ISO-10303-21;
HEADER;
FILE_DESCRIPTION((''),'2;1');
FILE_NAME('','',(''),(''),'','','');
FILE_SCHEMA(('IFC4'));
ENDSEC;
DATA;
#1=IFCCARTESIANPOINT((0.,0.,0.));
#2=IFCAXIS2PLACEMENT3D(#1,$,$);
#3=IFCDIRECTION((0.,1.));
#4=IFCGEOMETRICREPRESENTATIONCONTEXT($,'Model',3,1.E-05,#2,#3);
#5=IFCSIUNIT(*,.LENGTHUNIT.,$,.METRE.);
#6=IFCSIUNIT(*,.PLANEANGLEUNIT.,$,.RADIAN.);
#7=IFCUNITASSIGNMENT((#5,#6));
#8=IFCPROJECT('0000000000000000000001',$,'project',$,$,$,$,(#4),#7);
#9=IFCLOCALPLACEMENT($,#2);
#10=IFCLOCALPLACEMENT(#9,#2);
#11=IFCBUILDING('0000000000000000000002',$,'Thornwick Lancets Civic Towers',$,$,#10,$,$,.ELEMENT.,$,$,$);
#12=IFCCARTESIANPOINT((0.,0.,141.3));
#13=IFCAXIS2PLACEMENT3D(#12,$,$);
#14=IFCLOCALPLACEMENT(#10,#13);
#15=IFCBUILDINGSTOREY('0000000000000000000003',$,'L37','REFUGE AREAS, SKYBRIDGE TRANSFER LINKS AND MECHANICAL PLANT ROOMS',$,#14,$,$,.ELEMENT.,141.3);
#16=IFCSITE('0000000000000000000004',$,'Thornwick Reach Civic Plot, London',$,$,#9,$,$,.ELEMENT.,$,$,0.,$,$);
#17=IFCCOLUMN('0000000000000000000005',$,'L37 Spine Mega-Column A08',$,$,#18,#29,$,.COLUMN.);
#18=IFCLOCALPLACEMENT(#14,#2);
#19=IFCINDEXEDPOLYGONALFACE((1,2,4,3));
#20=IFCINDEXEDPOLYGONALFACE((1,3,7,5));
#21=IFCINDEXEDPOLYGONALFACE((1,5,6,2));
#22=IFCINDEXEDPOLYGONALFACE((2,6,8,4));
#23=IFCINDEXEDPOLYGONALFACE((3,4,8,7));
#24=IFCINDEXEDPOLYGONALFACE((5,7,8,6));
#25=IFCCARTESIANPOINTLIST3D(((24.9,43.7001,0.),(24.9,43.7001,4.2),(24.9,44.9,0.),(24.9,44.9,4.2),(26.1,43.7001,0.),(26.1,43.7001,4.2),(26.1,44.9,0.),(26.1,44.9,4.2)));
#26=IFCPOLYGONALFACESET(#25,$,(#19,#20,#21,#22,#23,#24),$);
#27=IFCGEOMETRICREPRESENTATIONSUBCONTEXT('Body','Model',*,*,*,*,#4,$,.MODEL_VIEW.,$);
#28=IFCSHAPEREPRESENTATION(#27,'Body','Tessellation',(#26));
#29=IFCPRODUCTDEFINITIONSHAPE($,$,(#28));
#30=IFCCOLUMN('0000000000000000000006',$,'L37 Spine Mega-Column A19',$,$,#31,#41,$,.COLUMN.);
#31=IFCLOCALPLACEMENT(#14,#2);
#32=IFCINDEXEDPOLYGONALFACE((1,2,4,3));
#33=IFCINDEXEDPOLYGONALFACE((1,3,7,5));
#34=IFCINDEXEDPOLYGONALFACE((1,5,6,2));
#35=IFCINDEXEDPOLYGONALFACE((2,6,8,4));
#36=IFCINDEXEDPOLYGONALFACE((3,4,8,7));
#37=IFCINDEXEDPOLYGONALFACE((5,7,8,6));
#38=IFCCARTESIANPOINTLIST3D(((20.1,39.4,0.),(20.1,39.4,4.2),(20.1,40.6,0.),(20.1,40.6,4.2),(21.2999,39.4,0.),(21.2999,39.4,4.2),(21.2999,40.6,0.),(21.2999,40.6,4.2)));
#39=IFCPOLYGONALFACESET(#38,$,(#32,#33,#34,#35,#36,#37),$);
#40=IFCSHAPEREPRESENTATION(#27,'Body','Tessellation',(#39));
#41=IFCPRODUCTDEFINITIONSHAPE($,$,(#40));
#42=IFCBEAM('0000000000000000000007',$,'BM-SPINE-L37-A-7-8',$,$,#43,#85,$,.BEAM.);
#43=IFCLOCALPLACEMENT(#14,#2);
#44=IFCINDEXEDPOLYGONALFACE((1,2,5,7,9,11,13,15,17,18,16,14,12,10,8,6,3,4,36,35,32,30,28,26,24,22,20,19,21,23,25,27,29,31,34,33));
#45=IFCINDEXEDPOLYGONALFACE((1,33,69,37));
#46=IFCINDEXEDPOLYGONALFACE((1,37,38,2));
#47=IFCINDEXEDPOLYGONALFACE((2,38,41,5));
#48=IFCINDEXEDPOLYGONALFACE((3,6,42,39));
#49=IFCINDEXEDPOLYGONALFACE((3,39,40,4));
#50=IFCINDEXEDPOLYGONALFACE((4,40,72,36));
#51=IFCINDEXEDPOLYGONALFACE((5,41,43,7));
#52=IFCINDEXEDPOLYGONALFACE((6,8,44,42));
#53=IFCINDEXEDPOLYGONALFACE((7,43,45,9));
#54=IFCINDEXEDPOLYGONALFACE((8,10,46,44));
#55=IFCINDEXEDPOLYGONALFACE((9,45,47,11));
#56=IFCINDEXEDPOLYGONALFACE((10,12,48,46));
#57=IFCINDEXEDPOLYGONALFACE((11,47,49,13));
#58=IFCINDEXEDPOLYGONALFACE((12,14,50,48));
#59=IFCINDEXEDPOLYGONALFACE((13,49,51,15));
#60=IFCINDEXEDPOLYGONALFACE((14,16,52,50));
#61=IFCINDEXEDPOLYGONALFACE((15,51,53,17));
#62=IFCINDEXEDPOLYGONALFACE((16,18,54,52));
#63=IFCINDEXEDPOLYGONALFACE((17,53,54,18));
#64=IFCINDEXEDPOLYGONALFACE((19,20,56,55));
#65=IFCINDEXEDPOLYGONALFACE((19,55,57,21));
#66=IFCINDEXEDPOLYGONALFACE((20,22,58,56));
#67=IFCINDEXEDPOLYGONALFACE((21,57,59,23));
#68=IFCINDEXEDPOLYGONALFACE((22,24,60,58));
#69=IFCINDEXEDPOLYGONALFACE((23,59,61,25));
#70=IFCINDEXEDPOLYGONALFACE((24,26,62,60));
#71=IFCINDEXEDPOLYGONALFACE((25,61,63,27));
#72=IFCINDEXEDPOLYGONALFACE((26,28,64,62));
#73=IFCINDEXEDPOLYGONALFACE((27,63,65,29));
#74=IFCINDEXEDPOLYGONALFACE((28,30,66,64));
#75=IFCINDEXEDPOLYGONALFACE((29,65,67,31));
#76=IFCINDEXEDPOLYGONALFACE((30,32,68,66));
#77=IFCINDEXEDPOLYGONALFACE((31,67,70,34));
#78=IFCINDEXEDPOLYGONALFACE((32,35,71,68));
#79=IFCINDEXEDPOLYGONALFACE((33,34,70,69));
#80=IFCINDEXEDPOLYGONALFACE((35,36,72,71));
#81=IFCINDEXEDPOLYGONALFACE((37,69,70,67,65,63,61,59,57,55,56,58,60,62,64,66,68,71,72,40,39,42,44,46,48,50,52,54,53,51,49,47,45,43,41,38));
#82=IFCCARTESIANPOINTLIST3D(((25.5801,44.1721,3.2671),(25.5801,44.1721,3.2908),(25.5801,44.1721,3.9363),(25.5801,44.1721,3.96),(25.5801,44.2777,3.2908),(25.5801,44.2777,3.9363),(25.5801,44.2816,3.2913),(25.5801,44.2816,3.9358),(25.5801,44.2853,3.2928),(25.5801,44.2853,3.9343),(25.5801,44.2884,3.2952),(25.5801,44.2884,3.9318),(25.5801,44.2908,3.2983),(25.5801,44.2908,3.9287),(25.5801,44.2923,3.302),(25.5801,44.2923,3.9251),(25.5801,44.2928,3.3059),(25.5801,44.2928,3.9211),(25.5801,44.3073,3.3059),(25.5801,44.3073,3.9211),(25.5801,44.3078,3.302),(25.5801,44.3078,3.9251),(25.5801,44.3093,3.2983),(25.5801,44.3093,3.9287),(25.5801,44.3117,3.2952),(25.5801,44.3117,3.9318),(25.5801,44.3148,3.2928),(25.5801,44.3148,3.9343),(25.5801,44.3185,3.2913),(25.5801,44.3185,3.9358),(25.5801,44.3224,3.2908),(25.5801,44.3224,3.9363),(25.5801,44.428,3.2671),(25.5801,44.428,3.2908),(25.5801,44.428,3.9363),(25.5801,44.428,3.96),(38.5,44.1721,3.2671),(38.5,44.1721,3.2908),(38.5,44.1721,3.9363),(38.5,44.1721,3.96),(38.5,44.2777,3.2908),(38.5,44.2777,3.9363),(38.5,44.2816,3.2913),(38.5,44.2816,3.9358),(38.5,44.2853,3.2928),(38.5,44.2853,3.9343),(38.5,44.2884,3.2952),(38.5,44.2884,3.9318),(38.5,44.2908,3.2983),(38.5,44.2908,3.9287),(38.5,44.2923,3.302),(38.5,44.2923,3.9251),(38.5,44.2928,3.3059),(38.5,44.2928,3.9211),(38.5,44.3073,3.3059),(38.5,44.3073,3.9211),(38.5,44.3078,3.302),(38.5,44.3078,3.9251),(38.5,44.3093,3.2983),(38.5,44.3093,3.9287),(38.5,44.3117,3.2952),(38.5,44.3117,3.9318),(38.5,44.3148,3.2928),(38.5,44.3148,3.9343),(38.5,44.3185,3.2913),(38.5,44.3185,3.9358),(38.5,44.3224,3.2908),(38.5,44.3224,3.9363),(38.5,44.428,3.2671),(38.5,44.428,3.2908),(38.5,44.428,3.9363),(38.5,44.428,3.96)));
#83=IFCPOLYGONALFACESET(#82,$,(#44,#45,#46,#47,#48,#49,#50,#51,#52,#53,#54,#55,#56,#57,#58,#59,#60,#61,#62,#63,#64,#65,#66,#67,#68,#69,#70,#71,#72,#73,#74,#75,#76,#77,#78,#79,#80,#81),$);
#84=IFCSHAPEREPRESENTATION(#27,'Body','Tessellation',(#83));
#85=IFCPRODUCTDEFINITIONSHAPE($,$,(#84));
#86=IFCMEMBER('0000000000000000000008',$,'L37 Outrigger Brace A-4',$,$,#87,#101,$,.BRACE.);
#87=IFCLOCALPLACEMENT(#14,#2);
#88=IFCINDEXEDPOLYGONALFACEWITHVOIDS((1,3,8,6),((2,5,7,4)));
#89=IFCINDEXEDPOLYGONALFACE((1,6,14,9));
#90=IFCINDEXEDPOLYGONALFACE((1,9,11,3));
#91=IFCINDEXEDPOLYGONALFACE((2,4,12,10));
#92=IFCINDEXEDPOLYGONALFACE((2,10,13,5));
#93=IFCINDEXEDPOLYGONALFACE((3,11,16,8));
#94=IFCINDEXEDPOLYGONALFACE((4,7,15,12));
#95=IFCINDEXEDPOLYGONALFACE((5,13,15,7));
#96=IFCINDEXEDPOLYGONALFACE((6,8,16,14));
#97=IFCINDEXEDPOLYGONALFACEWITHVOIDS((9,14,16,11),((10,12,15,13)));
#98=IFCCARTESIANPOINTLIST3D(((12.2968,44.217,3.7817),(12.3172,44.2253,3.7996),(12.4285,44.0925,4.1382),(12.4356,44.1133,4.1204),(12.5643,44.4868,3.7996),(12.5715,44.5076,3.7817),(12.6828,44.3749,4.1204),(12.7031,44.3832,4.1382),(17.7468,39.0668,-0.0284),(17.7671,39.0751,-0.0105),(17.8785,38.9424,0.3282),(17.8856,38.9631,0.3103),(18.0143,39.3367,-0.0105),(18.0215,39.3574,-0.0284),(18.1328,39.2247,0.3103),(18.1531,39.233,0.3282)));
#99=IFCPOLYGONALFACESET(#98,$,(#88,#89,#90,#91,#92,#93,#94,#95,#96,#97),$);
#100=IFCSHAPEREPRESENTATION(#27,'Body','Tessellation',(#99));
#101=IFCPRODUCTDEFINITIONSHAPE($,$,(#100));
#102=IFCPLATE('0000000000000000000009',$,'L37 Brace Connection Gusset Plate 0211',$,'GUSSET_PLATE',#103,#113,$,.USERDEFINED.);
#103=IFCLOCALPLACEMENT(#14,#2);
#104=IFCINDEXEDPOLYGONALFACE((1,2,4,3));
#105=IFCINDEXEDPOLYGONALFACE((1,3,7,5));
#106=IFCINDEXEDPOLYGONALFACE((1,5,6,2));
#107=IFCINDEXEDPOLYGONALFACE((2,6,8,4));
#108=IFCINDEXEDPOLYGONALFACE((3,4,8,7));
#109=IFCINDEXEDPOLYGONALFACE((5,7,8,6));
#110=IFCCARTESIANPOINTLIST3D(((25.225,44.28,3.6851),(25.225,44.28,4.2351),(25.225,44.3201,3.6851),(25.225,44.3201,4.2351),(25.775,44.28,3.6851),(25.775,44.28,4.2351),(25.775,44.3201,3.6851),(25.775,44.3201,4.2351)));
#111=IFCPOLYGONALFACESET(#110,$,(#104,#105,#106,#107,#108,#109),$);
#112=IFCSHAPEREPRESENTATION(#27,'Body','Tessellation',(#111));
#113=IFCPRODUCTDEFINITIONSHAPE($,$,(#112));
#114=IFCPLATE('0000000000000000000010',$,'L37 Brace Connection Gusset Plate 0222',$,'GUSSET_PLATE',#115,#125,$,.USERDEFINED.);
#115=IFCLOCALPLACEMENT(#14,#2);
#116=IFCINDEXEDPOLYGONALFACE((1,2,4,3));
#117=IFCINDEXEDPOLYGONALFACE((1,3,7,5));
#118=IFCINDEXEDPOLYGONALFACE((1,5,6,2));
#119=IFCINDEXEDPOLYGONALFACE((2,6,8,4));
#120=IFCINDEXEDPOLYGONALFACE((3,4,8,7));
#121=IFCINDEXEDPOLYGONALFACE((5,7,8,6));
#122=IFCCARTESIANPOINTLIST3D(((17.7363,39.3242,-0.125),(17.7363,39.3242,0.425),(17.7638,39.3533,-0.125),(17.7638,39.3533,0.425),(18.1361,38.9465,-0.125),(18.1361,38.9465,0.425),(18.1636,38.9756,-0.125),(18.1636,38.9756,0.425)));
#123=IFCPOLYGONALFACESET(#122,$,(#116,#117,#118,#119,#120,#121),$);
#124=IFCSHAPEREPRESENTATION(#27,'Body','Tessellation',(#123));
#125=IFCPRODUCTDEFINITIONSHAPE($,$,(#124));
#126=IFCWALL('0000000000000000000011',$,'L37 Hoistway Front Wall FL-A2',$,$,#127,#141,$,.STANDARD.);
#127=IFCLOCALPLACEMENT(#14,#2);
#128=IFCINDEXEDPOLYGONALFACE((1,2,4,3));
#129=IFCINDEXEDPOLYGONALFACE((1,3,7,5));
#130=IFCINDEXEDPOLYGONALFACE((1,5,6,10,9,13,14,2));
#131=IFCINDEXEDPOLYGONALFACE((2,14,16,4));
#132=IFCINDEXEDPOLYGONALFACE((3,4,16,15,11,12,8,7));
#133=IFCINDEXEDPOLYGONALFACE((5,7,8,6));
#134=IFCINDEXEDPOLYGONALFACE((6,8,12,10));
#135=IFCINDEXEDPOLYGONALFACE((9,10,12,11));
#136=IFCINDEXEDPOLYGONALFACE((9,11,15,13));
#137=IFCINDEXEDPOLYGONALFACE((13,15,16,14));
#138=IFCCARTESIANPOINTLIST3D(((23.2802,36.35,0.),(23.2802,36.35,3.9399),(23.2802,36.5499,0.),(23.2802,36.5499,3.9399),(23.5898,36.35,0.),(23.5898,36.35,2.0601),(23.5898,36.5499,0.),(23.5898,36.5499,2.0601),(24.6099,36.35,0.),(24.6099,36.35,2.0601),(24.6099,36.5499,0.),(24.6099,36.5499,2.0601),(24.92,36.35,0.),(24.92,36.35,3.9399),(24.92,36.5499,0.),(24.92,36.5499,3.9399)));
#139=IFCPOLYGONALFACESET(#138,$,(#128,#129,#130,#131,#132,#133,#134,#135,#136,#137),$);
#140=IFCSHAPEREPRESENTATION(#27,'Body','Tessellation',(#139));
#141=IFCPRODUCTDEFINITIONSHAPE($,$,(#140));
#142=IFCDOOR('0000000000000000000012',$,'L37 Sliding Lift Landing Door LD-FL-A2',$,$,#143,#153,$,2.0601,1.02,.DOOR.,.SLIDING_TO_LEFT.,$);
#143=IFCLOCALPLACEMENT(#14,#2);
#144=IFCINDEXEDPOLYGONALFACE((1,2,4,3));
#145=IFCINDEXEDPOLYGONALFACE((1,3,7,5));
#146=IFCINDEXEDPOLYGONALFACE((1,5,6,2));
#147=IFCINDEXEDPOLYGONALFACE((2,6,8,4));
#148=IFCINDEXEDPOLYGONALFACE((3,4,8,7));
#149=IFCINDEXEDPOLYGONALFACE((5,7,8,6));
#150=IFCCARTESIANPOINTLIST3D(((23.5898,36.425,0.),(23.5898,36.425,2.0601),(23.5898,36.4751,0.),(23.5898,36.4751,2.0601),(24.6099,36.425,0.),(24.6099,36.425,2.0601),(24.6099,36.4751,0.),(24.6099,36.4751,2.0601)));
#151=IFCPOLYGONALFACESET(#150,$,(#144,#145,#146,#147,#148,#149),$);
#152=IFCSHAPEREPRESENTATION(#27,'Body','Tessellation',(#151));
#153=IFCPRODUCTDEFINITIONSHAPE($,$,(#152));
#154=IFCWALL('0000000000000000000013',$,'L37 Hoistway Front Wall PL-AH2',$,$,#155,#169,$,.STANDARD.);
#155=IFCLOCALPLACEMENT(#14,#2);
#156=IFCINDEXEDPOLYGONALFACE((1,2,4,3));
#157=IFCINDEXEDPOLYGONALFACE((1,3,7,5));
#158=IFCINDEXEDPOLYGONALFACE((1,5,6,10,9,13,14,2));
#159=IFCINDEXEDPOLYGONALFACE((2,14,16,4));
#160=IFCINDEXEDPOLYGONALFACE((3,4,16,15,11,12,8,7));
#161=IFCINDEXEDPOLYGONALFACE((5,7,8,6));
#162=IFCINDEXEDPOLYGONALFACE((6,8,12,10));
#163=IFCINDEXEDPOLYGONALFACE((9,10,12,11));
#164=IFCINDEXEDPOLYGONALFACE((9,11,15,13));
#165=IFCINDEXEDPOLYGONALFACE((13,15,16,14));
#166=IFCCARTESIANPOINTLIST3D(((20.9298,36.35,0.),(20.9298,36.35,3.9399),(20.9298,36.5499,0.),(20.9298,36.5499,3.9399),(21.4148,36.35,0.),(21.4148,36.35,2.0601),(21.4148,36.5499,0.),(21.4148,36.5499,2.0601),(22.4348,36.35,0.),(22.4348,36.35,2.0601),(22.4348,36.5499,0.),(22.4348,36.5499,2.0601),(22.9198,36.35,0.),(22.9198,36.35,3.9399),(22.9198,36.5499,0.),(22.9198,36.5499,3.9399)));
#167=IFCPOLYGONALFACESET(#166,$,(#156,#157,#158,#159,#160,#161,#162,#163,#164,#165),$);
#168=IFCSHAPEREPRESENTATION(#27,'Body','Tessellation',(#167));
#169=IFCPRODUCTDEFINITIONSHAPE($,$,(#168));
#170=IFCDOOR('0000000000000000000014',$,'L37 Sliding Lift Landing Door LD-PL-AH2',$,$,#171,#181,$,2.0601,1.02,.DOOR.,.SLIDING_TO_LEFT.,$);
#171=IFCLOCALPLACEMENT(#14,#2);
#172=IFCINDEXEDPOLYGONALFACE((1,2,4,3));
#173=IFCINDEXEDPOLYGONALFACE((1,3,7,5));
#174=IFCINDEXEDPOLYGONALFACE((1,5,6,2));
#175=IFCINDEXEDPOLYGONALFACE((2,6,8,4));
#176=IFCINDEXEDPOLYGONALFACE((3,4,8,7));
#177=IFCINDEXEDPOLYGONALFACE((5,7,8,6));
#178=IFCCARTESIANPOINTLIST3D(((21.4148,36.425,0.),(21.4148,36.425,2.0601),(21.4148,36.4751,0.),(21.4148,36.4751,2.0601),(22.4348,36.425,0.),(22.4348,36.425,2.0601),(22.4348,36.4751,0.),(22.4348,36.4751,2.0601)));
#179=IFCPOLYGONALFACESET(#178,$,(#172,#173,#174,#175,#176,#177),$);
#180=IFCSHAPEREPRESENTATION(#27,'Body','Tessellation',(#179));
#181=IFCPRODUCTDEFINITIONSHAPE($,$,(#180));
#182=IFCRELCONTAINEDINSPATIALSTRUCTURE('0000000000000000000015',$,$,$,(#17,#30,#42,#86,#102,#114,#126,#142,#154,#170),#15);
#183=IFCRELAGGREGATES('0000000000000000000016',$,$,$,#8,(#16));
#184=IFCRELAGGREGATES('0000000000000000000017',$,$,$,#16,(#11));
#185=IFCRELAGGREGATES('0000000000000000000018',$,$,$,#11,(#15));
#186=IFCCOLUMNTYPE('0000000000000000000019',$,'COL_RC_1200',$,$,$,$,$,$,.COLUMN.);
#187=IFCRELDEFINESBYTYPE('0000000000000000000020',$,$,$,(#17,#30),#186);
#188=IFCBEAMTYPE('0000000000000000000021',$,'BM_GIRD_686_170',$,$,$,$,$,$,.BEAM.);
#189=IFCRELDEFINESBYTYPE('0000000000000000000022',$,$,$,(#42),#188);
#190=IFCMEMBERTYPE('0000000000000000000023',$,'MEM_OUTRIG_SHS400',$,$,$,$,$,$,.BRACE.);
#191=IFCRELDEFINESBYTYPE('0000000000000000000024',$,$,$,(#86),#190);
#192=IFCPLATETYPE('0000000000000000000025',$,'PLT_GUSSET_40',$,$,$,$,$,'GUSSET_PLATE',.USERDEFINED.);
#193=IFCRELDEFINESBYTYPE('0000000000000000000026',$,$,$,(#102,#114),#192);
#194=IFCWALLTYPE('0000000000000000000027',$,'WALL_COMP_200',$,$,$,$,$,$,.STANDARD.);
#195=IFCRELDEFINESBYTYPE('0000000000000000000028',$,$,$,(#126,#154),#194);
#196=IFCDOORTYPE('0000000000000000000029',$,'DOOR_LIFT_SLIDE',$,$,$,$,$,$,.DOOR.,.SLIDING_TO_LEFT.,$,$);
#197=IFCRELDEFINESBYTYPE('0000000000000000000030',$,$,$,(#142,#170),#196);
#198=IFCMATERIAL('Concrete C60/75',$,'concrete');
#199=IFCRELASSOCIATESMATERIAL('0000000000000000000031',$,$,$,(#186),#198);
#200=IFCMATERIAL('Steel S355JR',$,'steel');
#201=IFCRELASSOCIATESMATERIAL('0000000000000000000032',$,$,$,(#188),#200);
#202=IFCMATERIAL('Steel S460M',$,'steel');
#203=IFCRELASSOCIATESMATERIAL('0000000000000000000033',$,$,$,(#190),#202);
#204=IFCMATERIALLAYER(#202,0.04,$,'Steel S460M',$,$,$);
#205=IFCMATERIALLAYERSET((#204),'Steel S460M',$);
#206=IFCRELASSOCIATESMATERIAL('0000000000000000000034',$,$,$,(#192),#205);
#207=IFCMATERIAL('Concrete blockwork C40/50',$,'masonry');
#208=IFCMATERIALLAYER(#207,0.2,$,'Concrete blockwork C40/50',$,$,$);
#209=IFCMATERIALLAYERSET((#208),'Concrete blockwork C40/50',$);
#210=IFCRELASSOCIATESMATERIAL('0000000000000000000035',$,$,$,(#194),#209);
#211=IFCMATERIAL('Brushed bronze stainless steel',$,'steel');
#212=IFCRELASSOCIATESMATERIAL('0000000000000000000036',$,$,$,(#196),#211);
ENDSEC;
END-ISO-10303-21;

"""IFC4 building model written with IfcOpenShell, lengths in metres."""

from ifc_helpers import new_model, si_unit, direction, frame, frame_2d, origin, origin_2d, place, context, subcontext, project, spatial, rectangle, hollow_rectangle, i_section, extrude, material, layer, layer_set, material_profile, profile_set, type_object, element, fill, save


model = new_model("IFC4")

# Units and contexts
model_context = context("Model", 3, precision=1e-05, world=origin(), true_north=direction((0.0, 1.0)))
body_context = subcontext(model_context, "Body", "Model", "MODEL_VIEW")
ifc_project = project(units=[si_unit("LENGTHUNIT", "METRE"), si_unit("PLANEANGLEUNIT", "RADIAN")], contexts=[model_context])

# Site, building, storey
site_placement = place(None, origin())
site = spatial("IfcSite", under=ifc_project, at=site_placement, Name="Thornwick Reach Civic Plot, London", CompositionType="ELEMENT", RefElevation=0.0)
building_placement = place(site_placement, origin())
building = spatial("IfcBuilding", under=site, at=building_placement, Name="Thornwick Lancets Civic Towers", CompositionType="ELEMENT")
storey_placement = place(building_placement, frame((0.0, 0.0, 141.3)))
storey = spatial("IfcBuildingStorey", under=building, at=storey_placement, Name="L37", Description="REFUGE AREAS, SKYBRIDGE TRANSFER LINKS AND MECHANICAL PLANT ROOMS", CompositionType="ELEMENT", Elevation=141.3)

# Columns
ifc_material_1 = material(Name="Concrete C60/75", Category="concrete")
ifc_material_profile_1 = material_profile(ifc_material_1, rectangle(XDim=1.2, YDim=1.2, at=origin_2d()), Name="RC 1200x1200")
ifc_profile_set_1 = profile_set([ifc_material_profile_1], Name="Concrete C60/75")
column_type = type_object("IfcColumnType", Name="COL_RC_1200", PredefinedType="COLUMN", material=ifc_profile_set_1)
for number, where, z_axis, x_axis, name in (
    (1, (25.5, 44.3, 0.0), (0.0, 0.0, 1.0), (1.0, 0.0, 0.0), "L37 Spine Mega-Column A08"),
    (2, (20.7, 40.0, 0.0), (0.0, 0.0, 1.0), (1.0, 0.0, 0.0), "L37 Spine Mega-Column A19"),
):
    element("IfcColumn", number, at=place(storey_placement, frame(where, z_axis=z_axis, x_axis=x_axis)), inside=storey, type_object=column_type, Name=name, PredefinedType="COLUMN", context=body_context, shape_type="SweptSolid", body=[
        extrude(rectangle(XDim=1.2, YDim=1.2, at=origin_2d()), origin(), (0.0, 0.0, 1.0), 4.2),
    ])

# Beam
ifc_material_2 = material(Name="Steel S355JR", Category="steel")
ifc_material_profile_2 = material_profile(ifc_material_2, i_section(OverallWidth=0.2559, OverallDepth=0.6929, WebThickness=0.0144, FlangeThickness=0.0237, FilletRadius=0.0151, at=origin_2d()), Name="UKB 686x254x170")
ifc_profile_set_2 = profile_set([ifc_material_profile_2], Name="Steel S355JR")
beam_type = type_object("IfcBeamType", Name="BM_GIRD_686_170", PredefinedType="BEAM", material=ifc_profile_set_2)
beam_placement = place(storey_placement, frame((25.5801, 44.3, 3.6135), z_axis=(1.0, 0.0, 0.0), x_axis=(0.0, 1.0, 0.0)))
element("IfcBeam", 3, at=beam_placement, inside=storey, type_object=beam_type, Name="BM-SPINE-L37-A-7-8", PredefinedType="BEAM", context=body_context, shape_type="SweptSolid", body=[
    extrude(i_section(OverallWidth=0.2559, OverallDepth=0.6929, WebThickness=0.0144, FlangeThickness=0.0237, FilletRadius=0.0151, at=origin_2d()), origin(), (0.0, 0.0, 1.0), 12.9199),
])

# Member
ifc_material_3 = material(Name="Steel S460M", Category="steel")
ifc_material_profile_3 = material_profile(ifc_material_3, hollow_rectangle(XDim=0.3999, YDim=0.3999, WallThickness=0.02, at=origin_2d()), Name="SHS 400x400x20")
ifc_profile_set_3 = profile_set([ifc_material_profile_3], Name="Steel S460M")
member_type = type_object("IfcMemberType", Name="MEM_OUTRIG_SHS400", PredefinedType="BRACE", material=ifc_profile_set_3)
member_placement = place(storey_placement, frame((17.95, 39.1499, 0.1499), z_axis=(-0.647966, 0.612321, 0.452993), x_axis=(-0.686833, -0.726815, 0.0)))
element("IfcMember", 4, at=member_placement, inside=storey, type_object=member_type, Name="L37 Outrigger Brace A-4", PredefinedType="BRACE", context=body_context, shape_type="SweptSolid", body=[
    extrude(hollow_rectangle(XDim=0.3999, YDim=0.3999, WallThickness=0.02, at=origin_2d()), origin(), (0.0, 0.0, 1.0), 8.4109),
])

# Plates
ifc_layer_1 = layer(ifc_material_3, 0.04, Name="Steel S460M")
ifc_layer_set_1 = layer_set([ifc_layer_1], Name="Steel S460M")
plate_type = type_object("IfcPlateType", Name="PLT_GUSSET_40", ElementType="GUSSET_PLATE", PredefinedType="USERDEFINED", material=ifc_layer_set_1)
for number, where, z_axis, x_axis, name in (
    (5, (25.5, 44.3, 3.6851), (0.0, 0.0, 1.0), (1.0, 0.0, 0.0), "L37 Brace Connection Gusset Plate 0211"),
    (6, (17.95, 39.1499, -0.125), (0.0, 0.0, 1.0), (-0.726814, 0.686834, 0.0), "L37 Brace Connection Gusset Plate 0222"),
):
    element("IfcPlate", number, at=place(storey_placement, frame(where, z_axis=z_axis, x_axis=x_axis)), inside=storey, type_object=plate_type, Name=name, ObjectType="GUSSET_PLATE", PredefinedType="USERDEFINED", context=body_context, shape_type="SweptSolid", body=[
        extrude(rectangle(XDim=0.55, YDim=0.04, at=origin_2d()), origin(), (0.0, 0.0, 1.0), 0.55),
    ])

# Walls, openings, doors
ifc_material_4 = material(Name="Concrete blockwork C40/50", Category="masonry")
ifc_layer_2 = layer(ifc_material_4, 0.2, Name="Concrete blockwork C40/50")
ifc_layer_set_2 = layer_set([ifc_layer_2], Name="Concrete blockwork C40/50")
wall_type_1 = type_object("IfcWallType", Name="WALL_COMP_200", PredefinedType="STANDARD", material=ifc_layer_set_2)
wall_1_placement = place(storey_placement, frame((24.9199, 36.45, 0.0), z_axis=(0.0, 0.0, 1.0), x_axis=(-1.0, 0.0, 0.0)))
wall_1 = element("IfcWall", 7, at=wall_1_placement, inside=storey, type_object=wall_type_1, Name="L37 Hoistway Front Wall FL-A2", PredefinedType="STANDARD", context=body_context, shape_type="SweptSolid", body=[
    extrude(rectangle(XDim=1.6399, YDim=0.2, at=frame_2d((0.8198, 0.0))), origin(), (0.0, 0.0, 1.0), 3.9399),
])
opening_1_placement = place(wall_1_placement, frame((0.3101, 0.0, 0.0)))
opening_1 = element("IfcOpeningElement", 8, at=opening_1_placement, cuts=wall_1, PredefinedType="OPENING", context=body_context, shape_type="SweptSolid", body=[
    extrude(rectangle(XDim=1.02, YDim=2.0601, at=frame_2d((0.51, 1.03))), frame((0.0, 0.1099, 0.0), z_axis=(0.0, -1.0, 0.0), x_axis=(1.0, 0.0, 0.0)), (0.0, 0.0, 1.0), 0.22),
])
ifc_material_5 = material(Name="Brushed bronze stainless steel", Category="steel")
door_type = type_object("IfcDoorType", Name="DOOR_LIFT_SLIDE", OperationType="SLIDING_TO_LEFT", PredefinedType="DOOR", material=ifc_material_5)
door_1_placement = place(opening_1_placement, origin())
door_1 = element("IfcDoor", 9, at=door_1_placement, inside=storey, type_object=door_type, Name="L37 Sliding Lift Landing Door LD-FL-A2", OperationType="SLIDING_TO_LEFT", OverallHeight=2.0601, OverallWidth=1.02, PredefinedType="DOOR", context=body_context, shape_type="SweptSolid", body=[
    extrude(rectangle(XDim=1.02, YDim=2.0601, at=frame_2d((0.51, 1.03))), frame((0.0, 0.0249, 0.0), z_axis=(0.0, -1.0, 0.0), x_axis=(1.0, 0.0, 0.0)), (0.0, 0.0, 1.0), 0.05),
])
fill(opening_1, door_1)
wall_2_placement = place(storey_placement, frame((22.9199, 36.45, 0.0), z_axis=(0.0, 0.0, 1.0), x_axis=(-1.0, 0.0, 0.0)))
wall_2 = element("IfcWall", 10, at=wall_2_placement, inside=storey, type_object=wall_type_1, Name="L37 Hoistway Front Wall PL-AH2", PredefinedType="STANDARD", context=body_context, shape_type="SweptSolid", body=[
    extrude(rectangle(XDim=1.99, YDim=0.2, at=frame_2d((0.9951, 0.0))), origin(), (0.0, 0.0, 1.0), 3.9399),
])
opening_2_placement = place(wall_2_placement, frame((0.4851, 0.0, 0.0)))
opening_2 = element("IfcOpeningElement", 11, at=opening_2_placement, cuts=wall_2, PredefinedType="OPENING", context=body_context, shape_type="SweptSolid", body=[
    extrude(rectangle(XDim=1.02, YDim=2.0601, at=frame_2d((0.51, 1.03))), frame((0.0, 0.1099, 0.0), z_axis=(0.0, -1.0, 0.0), x_axis=(1.0, 0.0, 0.0)), (0.0, 0.0, 1.0), 0.22),
])
door_2_placement = place(opening_2_placement, origin())
door_2 = element("IfcDoor", 12, at=door_2_placement, inside=storey, type_object=door_type, Name="L37 Sliding Lift Landing Door LD-PL-AH2", OperationType="SLIDING_TO_LEFT", OverallHeight=2.0601, OverallWidth=1.02, PredefinedType="DOOR", context=body_context, shape_type="SweptSolid", body=[
    extrude(rectangle(XDim=1.02, YDim=2.0601, at=frame_2d((0.51, 1.03))), frame((0.0, 0.0249, 0.0), z_axis=(0.0, -1.0, 0.0), x_axis=(1.0, 0.0, 0.0)), (0.0, 0.0, 1.0), 0.05),
])
fill(opening_2, door_2)

save(model, "model.ifc")
